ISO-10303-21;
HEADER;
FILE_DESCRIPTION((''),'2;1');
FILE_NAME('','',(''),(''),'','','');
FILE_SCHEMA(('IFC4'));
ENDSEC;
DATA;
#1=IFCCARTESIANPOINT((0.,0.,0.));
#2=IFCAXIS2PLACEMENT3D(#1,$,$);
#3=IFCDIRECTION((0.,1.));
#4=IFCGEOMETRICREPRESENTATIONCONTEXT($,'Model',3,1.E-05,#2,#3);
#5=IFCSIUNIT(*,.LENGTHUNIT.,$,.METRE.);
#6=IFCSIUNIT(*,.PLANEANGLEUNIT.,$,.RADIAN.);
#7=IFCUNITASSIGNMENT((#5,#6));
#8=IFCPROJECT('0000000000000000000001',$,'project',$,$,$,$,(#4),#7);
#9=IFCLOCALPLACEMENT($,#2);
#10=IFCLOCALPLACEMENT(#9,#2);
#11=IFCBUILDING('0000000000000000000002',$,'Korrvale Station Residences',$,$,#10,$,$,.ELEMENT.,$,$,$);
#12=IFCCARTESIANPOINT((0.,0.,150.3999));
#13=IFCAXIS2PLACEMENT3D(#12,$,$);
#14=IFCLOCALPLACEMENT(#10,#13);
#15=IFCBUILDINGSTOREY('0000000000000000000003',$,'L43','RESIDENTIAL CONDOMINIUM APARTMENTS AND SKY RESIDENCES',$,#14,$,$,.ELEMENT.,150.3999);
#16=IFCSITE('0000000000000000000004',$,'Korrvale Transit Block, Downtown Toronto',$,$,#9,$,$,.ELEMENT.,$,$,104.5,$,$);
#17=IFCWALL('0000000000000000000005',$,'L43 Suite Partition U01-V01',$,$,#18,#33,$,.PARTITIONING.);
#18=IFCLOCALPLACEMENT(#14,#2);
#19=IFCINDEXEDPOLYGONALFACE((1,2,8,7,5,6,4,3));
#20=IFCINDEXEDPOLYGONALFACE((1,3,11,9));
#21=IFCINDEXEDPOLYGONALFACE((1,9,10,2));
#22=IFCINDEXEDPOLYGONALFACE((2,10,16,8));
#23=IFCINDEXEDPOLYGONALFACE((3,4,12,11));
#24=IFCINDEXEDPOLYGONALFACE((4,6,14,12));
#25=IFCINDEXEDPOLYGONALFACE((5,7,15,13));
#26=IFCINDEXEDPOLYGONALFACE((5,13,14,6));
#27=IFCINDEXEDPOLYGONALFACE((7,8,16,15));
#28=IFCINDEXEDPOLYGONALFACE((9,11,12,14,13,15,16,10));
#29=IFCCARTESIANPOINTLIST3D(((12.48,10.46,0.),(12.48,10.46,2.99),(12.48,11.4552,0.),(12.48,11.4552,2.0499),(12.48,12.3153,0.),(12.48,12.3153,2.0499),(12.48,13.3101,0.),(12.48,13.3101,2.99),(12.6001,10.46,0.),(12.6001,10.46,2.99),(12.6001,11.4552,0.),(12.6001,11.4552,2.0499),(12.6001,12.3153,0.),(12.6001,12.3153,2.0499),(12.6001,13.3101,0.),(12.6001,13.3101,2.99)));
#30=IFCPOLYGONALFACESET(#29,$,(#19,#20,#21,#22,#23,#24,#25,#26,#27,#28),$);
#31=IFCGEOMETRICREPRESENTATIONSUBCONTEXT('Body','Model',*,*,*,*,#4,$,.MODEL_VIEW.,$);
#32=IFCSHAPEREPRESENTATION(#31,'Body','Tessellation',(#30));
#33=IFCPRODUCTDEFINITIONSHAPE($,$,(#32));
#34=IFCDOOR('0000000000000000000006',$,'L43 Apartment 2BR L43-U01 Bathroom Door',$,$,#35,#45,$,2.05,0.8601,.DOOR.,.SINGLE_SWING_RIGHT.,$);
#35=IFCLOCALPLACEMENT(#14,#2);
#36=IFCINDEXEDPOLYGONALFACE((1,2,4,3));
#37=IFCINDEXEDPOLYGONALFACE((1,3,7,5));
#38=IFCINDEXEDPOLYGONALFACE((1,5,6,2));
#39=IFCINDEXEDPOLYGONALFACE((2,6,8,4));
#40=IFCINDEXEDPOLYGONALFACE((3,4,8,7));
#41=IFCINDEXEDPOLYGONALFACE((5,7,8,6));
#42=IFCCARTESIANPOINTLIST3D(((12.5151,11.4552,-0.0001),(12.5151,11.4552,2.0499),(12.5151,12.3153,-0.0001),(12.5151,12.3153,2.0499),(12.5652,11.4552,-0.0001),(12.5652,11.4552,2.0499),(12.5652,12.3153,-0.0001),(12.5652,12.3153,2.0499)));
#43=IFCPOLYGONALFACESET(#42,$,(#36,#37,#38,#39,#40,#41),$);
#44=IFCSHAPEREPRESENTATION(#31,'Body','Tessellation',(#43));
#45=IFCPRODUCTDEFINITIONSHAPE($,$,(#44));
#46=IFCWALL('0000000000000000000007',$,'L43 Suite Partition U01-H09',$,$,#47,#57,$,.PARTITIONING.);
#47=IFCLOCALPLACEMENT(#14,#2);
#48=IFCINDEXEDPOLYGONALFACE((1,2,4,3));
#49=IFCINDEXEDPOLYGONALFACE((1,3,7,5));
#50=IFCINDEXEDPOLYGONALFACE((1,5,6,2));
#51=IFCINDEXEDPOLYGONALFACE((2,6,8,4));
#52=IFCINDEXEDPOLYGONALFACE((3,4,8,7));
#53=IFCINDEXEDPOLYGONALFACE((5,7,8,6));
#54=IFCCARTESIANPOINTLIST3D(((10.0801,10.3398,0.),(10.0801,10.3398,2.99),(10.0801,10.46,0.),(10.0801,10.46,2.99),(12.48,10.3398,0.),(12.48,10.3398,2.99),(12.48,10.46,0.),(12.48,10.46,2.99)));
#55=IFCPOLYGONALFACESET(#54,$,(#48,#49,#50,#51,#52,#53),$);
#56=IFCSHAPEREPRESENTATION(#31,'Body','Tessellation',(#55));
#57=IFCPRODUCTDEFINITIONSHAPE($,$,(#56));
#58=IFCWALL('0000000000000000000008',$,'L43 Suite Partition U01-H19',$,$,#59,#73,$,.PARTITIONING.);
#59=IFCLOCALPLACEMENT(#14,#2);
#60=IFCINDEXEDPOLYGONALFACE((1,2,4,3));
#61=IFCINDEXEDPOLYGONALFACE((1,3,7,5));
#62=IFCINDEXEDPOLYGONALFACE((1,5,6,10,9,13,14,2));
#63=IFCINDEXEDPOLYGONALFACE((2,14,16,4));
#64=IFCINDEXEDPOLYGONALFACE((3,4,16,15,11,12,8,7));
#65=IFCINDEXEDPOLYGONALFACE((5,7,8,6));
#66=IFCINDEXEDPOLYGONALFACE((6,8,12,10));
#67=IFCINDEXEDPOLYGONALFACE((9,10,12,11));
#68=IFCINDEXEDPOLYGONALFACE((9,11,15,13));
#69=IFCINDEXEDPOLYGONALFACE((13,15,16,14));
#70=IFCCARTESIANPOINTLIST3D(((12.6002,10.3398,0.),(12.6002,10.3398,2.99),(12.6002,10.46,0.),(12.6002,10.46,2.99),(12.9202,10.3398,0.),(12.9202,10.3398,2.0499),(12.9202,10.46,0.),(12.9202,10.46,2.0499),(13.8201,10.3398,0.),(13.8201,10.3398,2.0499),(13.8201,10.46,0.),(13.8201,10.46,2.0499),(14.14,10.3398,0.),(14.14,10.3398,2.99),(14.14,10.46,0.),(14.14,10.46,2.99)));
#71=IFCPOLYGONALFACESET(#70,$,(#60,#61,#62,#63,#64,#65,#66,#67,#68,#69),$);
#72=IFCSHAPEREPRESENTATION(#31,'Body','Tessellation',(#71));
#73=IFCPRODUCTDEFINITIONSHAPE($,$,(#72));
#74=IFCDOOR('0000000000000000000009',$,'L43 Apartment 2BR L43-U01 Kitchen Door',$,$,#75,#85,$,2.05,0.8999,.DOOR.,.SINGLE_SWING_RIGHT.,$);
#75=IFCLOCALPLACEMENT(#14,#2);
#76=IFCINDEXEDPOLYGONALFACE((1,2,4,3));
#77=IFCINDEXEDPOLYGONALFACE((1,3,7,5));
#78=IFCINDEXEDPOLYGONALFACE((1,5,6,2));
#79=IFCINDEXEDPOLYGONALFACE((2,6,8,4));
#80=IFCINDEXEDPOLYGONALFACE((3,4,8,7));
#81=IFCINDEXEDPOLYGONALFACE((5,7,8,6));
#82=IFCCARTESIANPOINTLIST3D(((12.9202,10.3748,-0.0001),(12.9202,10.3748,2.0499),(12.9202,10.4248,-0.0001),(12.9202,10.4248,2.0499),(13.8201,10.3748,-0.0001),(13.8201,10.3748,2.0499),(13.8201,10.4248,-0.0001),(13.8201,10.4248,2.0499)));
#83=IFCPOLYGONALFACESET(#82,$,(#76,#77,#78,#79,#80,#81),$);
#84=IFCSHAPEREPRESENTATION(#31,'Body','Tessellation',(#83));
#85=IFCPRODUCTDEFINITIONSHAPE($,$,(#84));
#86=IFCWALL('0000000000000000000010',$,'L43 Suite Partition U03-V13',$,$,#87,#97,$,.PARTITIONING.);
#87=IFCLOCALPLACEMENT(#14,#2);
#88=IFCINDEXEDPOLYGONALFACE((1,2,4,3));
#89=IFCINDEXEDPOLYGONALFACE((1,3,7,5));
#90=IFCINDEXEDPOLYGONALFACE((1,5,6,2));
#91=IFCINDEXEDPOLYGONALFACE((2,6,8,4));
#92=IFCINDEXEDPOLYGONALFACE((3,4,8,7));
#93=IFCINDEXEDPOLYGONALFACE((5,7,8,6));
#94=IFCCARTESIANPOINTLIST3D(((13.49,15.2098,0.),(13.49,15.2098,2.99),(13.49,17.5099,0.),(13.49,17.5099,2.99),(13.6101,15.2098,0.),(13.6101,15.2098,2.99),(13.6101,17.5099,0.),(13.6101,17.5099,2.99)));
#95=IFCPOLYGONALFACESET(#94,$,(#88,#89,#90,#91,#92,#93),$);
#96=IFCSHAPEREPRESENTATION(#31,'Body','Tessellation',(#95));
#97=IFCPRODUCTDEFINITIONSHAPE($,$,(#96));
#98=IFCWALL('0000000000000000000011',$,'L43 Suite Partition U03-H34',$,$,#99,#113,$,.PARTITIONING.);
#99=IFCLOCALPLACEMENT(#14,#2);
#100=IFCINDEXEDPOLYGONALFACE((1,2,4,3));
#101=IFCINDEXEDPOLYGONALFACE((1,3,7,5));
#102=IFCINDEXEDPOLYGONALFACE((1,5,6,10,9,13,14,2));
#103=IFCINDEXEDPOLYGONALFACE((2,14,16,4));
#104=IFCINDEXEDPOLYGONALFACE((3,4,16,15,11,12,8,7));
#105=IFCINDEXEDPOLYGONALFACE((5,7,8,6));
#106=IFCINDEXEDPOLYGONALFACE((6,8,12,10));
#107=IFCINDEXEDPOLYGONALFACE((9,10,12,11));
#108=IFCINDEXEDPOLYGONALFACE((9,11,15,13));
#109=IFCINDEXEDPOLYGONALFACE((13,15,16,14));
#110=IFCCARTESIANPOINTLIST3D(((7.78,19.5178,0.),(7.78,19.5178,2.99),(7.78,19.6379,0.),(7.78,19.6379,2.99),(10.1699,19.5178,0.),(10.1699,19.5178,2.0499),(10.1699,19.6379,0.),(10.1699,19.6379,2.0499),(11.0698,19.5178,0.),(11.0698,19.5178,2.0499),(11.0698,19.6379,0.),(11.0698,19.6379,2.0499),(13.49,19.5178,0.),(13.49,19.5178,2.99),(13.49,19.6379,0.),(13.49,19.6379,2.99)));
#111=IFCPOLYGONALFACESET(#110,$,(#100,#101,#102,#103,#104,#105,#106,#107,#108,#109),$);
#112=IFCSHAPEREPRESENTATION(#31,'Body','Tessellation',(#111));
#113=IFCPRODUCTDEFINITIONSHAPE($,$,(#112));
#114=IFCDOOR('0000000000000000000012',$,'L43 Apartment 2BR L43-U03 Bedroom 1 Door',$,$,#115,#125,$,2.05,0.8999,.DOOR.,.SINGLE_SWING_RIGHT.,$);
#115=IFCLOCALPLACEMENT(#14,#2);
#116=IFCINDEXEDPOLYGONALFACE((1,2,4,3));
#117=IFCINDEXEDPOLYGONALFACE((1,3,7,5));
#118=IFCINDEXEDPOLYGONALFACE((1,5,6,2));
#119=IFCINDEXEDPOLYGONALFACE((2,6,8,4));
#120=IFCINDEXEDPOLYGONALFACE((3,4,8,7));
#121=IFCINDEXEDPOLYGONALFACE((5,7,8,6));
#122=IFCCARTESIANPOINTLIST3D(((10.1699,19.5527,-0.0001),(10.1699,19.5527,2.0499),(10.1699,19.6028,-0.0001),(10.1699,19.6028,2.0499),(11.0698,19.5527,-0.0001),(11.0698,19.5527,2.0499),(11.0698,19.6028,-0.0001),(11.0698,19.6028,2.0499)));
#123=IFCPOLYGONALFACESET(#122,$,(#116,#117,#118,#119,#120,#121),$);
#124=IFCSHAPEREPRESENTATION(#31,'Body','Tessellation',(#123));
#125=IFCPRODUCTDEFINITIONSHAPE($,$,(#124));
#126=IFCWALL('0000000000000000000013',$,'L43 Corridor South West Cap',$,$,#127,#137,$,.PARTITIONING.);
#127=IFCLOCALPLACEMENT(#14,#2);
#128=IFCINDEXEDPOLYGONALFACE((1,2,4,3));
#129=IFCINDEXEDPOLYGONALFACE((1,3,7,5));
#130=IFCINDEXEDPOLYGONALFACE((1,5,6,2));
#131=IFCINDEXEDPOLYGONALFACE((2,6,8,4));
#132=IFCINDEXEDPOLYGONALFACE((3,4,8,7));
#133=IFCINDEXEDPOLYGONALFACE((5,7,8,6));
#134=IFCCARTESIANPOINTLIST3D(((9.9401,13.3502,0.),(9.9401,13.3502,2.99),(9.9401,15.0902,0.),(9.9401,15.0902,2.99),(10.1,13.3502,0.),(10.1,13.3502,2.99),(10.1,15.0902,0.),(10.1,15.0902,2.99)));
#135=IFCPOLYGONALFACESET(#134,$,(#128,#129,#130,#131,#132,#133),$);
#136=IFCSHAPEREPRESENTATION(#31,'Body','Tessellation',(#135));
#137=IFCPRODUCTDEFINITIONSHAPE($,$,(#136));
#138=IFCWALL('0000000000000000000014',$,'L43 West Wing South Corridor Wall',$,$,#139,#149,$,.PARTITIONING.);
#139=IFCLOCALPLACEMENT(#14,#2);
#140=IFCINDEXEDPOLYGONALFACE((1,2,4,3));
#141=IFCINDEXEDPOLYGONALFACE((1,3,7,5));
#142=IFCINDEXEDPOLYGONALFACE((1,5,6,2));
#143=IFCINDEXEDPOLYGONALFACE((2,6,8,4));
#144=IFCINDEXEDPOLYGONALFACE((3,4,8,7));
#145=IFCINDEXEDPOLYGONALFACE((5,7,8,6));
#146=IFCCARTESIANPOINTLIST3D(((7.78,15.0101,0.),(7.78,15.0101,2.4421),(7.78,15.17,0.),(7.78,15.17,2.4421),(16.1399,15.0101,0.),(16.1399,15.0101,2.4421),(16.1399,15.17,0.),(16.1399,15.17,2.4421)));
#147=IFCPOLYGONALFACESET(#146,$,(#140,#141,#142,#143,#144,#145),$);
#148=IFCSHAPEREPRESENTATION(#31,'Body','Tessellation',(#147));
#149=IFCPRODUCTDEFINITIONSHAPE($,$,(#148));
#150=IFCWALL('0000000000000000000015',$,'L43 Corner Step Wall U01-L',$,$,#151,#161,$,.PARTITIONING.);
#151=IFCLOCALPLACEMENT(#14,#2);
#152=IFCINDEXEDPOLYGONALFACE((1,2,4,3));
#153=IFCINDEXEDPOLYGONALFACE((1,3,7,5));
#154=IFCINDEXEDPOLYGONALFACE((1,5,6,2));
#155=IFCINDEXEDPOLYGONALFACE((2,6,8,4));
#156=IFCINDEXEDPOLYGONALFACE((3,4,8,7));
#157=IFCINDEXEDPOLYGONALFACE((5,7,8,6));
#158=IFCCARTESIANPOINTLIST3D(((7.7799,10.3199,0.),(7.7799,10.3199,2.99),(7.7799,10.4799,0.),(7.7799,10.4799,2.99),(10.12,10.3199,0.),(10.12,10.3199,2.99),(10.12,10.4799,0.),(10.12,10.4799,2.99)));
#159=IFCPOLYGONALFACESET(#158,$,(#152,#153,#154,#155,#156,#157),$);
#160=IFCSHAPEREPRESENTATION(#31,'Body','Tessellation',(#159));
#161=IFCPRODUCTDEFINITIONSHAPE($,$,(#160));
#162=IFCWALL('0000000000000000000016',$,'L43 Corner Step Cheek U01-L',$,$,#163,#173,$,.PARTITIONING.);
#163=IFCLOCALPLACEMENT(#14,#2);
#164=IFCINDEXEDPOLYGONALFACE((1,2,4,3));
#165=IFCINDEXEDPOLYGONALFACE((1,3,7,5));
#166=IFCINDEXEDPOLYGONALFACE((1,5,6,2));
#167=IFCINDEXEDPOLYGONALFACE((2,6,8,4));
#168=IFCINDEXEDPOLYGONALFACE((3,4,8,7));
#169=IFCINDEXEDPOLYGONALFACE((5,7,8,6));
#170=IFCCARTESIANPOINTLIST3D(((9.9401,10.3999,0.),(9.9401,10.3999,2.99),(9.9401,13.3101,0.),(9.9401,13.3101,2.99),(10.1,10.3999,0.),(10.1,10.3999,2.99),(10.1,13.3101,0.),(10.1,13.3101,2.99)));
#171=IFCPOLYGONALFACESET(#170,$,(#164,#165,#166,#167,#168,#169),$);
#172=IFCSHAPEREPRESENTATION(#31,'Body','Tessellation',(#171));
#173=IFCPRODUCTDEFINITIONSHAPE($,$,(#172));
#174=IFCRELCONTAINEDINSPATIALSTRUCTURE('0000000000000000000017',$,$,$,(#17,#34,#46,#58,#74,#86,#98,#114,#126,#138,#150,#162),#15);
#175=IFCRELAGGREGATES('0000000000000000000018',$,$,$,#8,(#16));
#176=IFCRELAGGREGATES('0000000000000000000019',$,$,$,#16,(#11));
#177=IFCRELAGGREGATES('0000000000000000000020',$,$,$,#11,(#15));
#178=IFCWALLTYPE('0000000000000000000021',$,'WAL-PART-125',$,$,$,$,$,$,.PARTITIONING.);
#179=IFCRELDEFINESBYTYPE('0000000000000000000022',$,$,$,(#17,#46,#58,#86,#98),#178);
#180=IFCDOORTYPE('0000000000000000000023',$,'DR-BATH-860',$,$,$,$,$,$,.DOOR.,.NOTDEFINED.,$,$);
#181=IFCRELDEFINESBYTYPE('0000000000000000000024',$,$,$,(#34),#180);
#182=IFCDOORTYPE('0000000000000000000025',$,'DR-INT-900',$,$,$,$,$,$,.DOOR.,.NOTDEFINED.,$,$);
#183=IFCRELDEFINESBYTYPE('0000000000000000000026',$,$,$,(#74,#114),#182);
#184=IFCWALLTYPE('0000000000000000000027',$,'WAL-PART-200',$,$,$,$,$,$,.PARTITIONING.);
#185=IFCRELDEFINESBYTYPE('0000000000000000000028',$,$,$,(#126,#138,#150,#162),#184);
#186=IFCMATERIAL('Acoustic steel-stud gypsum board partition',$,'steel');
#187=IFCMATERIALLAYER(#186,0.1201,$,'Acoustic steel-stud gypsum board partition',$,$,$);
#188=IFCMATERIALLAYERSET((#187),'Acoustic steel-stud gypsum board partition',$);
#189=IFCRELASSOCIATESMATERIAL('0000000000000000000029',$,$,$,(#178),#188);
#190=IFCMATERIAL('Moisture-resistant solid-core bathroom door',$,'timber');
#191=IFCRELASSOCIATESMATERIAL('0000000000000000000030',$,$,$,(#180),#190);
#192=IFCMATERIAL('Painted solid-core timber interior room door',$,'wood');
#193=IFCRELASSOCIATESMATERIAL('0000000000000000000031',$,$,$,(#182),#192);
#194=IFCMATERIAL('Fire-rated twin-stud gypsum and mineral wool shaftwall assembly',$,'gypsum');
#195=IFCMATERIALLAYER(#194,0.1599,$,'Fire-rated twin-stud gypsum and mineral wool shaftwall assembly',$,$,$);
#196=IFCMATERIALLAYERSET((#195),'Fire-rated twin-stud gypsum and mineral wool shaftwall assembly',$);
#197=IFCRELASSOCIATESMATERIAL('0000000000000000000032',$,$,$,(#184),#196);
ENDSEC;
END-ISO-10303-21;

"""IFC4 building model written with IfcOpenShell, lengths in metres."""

from ifc_helpers import new_model, si_unit, direction, frame, frame_2d, origin, place, context, subcontext, project, spatial, rectangle, extrude, material, layer, layer_set, type_object, element, fill, save


model = new_model("IFC4")

# Units and contexts
model_context = context("Model", 3, precision=1e-05, world=origin(), true_north=direction((0.0, 1.0)))
body_context = subcontext(model_context, "Body", "Model", "MODEL_VIEW")
ifc_project = project(units=[si_unit("LENGTHUNIT", "METRE"), si_unit("PLANEANGLEUNIT", "RADIAN")], contexts=[model_context])

# Site, building, storey
site_placement = place(None, origin())
site = spatial("IfcSite", under=ifc_project, at=site_placement, Name="Korrvale Transit Block, Downtown Toronto", CompositionType="ELEMENT", RefElevation=104.5)
building_placement = place(site_placement, origin())
building = spatial("IfcBuilding", under=site, at=building_placement, Name="Korrvale Station Residences", CompositionType="ELEMENT")
storey_placement = place(building_placement, frame((0.0, 0.0, 150.3999)))
storey = spatial("IfcBuildingStorey", under=building, at=storey_placement, Name="L43", Description="RESIDENTIAL CONDOMINIUM APARTMENTS AND SKY RESIDENCES", CompositionType="ELEMENT", Elevation=150.3999)

# Wall, opening, door
ifc_material_1 = material(Name="Acoustic steel-stud gypsum board partition", Category="steel")
ifc_layer_1 = layer(ifc_material_1, 0.1201, Name="Acoustic steel-stud gypsum board partition")
ifc_layer_set_1 = layer_set([ifc_layer_1], Name="Acoustic steel-stud gypsum board partition")
wall_type_1 = type_object("IfcWallType", Name="WAL-PART-125", PredefinedType="PARTITIONING", material=ifc_layer_set_1)
wall_1_placement = place(storey_placement, frame((12.54, 10.46, 0.0), z_axis=(0.0, 0.0, 1.0), x_axis=(0.0, 1.0, 0.0)))
wall_1 = element("IfcWall", 1, at=wall_1_placement, inside=storey, type_object=wall_type_1, Name="L43 Suite Partition U01-V01", PredefinedType="PARTITIONING", context=body_context, shape_type="SweptSolid", body=[
    extrude(rectangle(XDim=2.8501, YDim=0.1201, at=frame_2d((1.425, 0.0))), origin(), (0.0, 0.0, 1.0), 2.99),
])
opening_1_placement = place(wall_1_placement, frame((0.9951, 0.0, 0.0)))
opening_1 = element("IfcOpeningElement", 2, at=opening_1_placement, cuts=wall_1, PredefinedType="OPENING", context=body_context, shape_type="SweptSolid", body=[
    extrude(rectangle(XDim=0.8601, YDim=2.05, at=frame_2d((0.4302, 1.0249))), frame((0.0, 0.0701, 0.0), z_axis=(0.0, -1.0, 0.0), x_axis=(1.0, 0.0, 0.0)), (0.0, 0.0, 1.0), 0.1401),
])
ifc_material_2 = material(Name="Moisture-resistant solid-core bathroom door", Category="timber")
door_type_1 = type_object("IfcDoorType", Name="DR-BATH-860", OperationType="NOTDEFINED", PredefinedType="DOOR", material=ifc_material_2)
door_1_placement = place(opening_1_placement, origin())
door_1 = element("IfcDoor", 3, at=door_1_placement, inside=storey, type_object=door_type_1, Name="L43 Apartment 2BR L43-U01 Bathroom Door", OperationType="SINGLE_SWING_RIGHT", OverallHeight=2.05, OverallWidth=0.8601, PredefinedType="DOOR", context=body_context, shape_type="SweptSolid", body=[
    extrude(rectangle(XDim=0.8601, YDim=2.05, at=frame_2d((0.4302, 1.0249))), frame((0.0, 0.0249, 0.0), z_axis=(0.0, -1.0, 0.0), x_axis=(1.0, 0.0, 0.0)), (0.0, 0.0, 1.0), 0.05),
])
fill(opening_1, door_1)

# Wall
wall_2_placement = place(storey_placement, frame((10.0801, 10.3999, 0.0), z_axis=(0.0, 0.0, 1.0), x_axis=(1.0, 0.0, 0.0)))
element("IfcWall", 4, at=wall_2_placement, inside=storey, type_object=wall_type_1, Name="L43 Suite Partition U01-H09", PredefinedType="PARTITIONING", context=body_context, shape_type="SweptSolid", body=[
    extrude(rectangle(XDim=2.3999, YDim=0.1201, at=frame_2d((1.2, 0.0))), origin(), (0.0, 0.0, 1.0), 2.99),
])

# Wall, opening, door
wall_3_placement = place(storey_placement, frame((12.6001, 10.3999, 0.0), z_axis=(0.0, 0.0, 1.0), x_axis=(1.0, 0.0, 0.0)))
wall_3 = element("IfcWall", 5, at=wall_3_placement, inside=storey, type_object=wall_type_1, Name="L43 Suite Partition U01-H19", PredefinedType="PARTITIONING", context=body_context, shape_type="SweptSolid", body=[
    extrude(rectangle(XDim=1.5398, YDim=0.1201, at=frame_2d((0.77, 0.0))), origin(), (0.0, 0.0, 1.0), 2.99),
])
opening_2_placement = place(wall_3_placement, frame((0.3201, 0.0, 0.0)))
opening_2 = element("IfcOpeningElement", 6, at=opening_2_placement, cuts=wall_3, PredefinedType="OPENING", context=body_context, shape_type="SweptSolid", body=[
    extrude(rectangle(XDim=0.8999, YDim=2.05, at=frame_2d((0.45, 1.0249))), frame((0.0, 0.0701, 0.0), z_axis=(0.0, -1.0, 0.0), x_axis=(1.0, 0.0, 0.0)), (0.0, 0.0, 1.0), 0.1401),
])
ifc_material_3 = material(Name="Painted solid-core timber interior room door", Category="wood")
door_type_2 = type_object("IfcDoorType", Name="DR-INT-900", OperationType="NOTDEFINED", PredefinedType="DOOR", material=ifc_material_3)
door_2_placement = place(opening_2_placement, origin())
door_2 = element("IfcDoor", 7, at=door_2_placement, inside=storey, type_object=door_type_2, Name="L43 Apartment 2BR L43-U01 Kitchen Door", OperationType="SINGLE_SWING_RIGHT", OverallHeight=2.05, OverallWidth=0.8999, PredefinedType="DOOR", context=body_context, shape_type="SweptSolid", body=[
    extrude(rectangle(XDim=0.8999, YDim=2.05, at=frame_2d((0.45, 1.0249))), frame((0.0, 0.0249, 0.0), z_axis=(0.0, -1.0, 0.0), x_axis=(1.0, 0.0, 0.0)), (0.0, 0.0, 1.0), 0.05),
])
fill(opening_2, door_2)

# Wall
wall_4_placement = place(storey_placement, frame((13.55, 15.21, 0.0), z_axis=(0.0, 0.0, 1.0), x_axis=(0.0, 1.0, 0.0)))
element("IfcWall", 8, at=wall_4_placement, inside=storey, type_object=wall_type_1, Name="L43 Suite Partition U03-V13", PredefinedType="PARTITIONING", context=body_context, shape_type="SweptSolid", body=[
    extrude(rectangle(XDim=2.3, YDim=0.1201, at=frame_2d((1.1499, 0.0))), origin(), (0.0, 0.0, 1.0), 2.99),
])

# Wall, opening, door
wall_5_placement = place(storey_placement, frame((7.78, 19.5779, 0.0), z_axis=(0.0, 0.0, 1.0), x_axis=(1.0, 0.0, 0.0)))
wall_5 = element("IfcWall", 9, at=wall_5_placement, inside=storey, type_object=wall_type_1, Name="L43 Suite Partition U03-H34", PredefinedType="PARTITIONING", context=body_context, shape_type="SweptSolid", body=[
    extrude(rectangle(XDim=5.71, YDim=0.1201, at=frame_2d((2.855, 0.0))), origin(), (0.0, 0.0, 1.0), 2.99),
])
opening_3_placement = place(wall_5_placement, frame((2.3899, 0.0, 0.0)))
opening_3 = element("IfcOpeningElement", 10, at=opening_3_placement, cuts=wall_5, PredefinedType="OPENING", context=body_context, shape_type="SweptSolid", body=[
    extrude(rectangle(XDim=0.8999, YDim=2.05, at=frame_2d((0.45, 1.0249))), frame((0.0, 0.0701, 0.0), z_axis=(0.0, -1.0, 0.0), x_axis=(1.0, 0.0, 0.0)), (0.0, 0.0, 1.0), 0.1401),
])
door_3_placement = place(opening_3_placement, origin())
door_3 = element("IfcDoor", 11, at=door_3_placement, inside=storey, type_object=door_type_2, Name="L43 Apartment 2BR L43-U03 Bedroom 1 Door", OperationType="SINGLE_SWING_RIGHT", OverallHeight=2.05, OverallWidth=0.8999, PredefinedType="DOOR", context=body_context, shape_type="SweptSolid", body=[
    extrude(rectangle(XDim=0.8999, YDim=2.05, at=frame_2d((0.45, 1.0249))), frame((0.0, 0.0249, 0.0), z_axis=(0.0, -1.0, 0.0), x_axis=(1.0, 0.0, 0.0)), (0.0, 0.0, 1.0), 0.05),
])
fill(opening_3, door_3)

# Walls
ifc_material_4 = material(Name="Fire-rated twin-stud gypsum and mineral wool shaftwall assembly", Category="gypsum")
ifc_layer_2 = layer(ifc_material_4, 0.1599, Name="Fire-rated twin-stud gypsum and mineral wool shaftwall assembly")
ifc_layer_set_2 = layer_set([ifc_layer_2], Name="Fire-rated twin-stud gypsum and mineral wool shaftwall assembly")
wall_type_2 = type_object("IfcWallType", Name="WAL-PART-200", PredefinedType="PARTITIONING", material=ifc_layer_set_2)
wall_6_placement = place(storey_placement, frame((10.02, 13.3501, 0.0), z_axis=(0.0, 0.0, 1.0), x_axis=(0.0, 1.0, 0.0)))
element("IfcWall", 12, at=wall_6_placement, inside=storey, type_object=wall_type_2, Name="L43 Corridor South West Cap", PredefinedType="PARTITIONING", context=body_context, shape_type="SweptSolid", body=[
    extrude(rectangle(XDim=1.74, YDim=0.1599, at=frame_2d((0.8701, 0.0))), origin(), (0.0, 0.0, 1.0), 2.99),
])
wall_7_placement = place(storey_placement, frame((7.78, 15.0901, 0.0), z_axis=(0.0, 0.0, 1.0), x_axis=(1.0, 0.0, 0.0)))
element("IfcWall", 13, at=wall_7_placement, inside=storey, type_object=wall_type_2, Name="L43 West Wing South Corridor Wall", PredefinedType="PARTITIONING", context=body_context, shape_type="SweptSolid", body=[
    extrude(rectangle(XDim=8.3599, YDim=0.1599, at=frame_2d((4.1799, 0.0))), origin(), (0.0, 0.0, 1.0), 2.4421),
])
wall_8_placement = place(storey_placement, frame((7.78, 10.3999, 0.0), z_axis=(0.0, 0.0, 1.0), x_axis=(1.0, 0.0, 0.0)))
element("IfcWall", 14, at=wall_8_placement, inside=storey, type_object=wall_type_2, Name="L43 Corner Step Wall U01-L", PredefinedType="PARTITIONING", context=body_context, shape_type="SweptSolid", body=[
    extrude(rectangle(XDim=2.3401, YDim=0.1599, at=frame_2d((1.1699, 0.0))), origin(), (0.0, 0.0, 1.0), 2.99),
])
wall_9_placement = place(storey_placement, frame((10.02, 10.3999, 0.0), z_axis=(0.0, 0.0, 1.0), x_axis=(0.0, 1.0, 0.0)))
element("IfcWall", 15, at=wall_9_placement, inside=storey, type_object=wall_type_2, Name="L43 Corner Step Cheek U01-L", PredefinedType="PARTITIONING", context=body_context, shape_type="SweptSolid", body=[
    extrude(rectangle(XDim=2.9102, YDim=0.1599, at=frame_2d((1.4551, 0.0))), origin(), (0.0, 0.0, 1.0), 2.99),
])

save(model, "model.ifc")
